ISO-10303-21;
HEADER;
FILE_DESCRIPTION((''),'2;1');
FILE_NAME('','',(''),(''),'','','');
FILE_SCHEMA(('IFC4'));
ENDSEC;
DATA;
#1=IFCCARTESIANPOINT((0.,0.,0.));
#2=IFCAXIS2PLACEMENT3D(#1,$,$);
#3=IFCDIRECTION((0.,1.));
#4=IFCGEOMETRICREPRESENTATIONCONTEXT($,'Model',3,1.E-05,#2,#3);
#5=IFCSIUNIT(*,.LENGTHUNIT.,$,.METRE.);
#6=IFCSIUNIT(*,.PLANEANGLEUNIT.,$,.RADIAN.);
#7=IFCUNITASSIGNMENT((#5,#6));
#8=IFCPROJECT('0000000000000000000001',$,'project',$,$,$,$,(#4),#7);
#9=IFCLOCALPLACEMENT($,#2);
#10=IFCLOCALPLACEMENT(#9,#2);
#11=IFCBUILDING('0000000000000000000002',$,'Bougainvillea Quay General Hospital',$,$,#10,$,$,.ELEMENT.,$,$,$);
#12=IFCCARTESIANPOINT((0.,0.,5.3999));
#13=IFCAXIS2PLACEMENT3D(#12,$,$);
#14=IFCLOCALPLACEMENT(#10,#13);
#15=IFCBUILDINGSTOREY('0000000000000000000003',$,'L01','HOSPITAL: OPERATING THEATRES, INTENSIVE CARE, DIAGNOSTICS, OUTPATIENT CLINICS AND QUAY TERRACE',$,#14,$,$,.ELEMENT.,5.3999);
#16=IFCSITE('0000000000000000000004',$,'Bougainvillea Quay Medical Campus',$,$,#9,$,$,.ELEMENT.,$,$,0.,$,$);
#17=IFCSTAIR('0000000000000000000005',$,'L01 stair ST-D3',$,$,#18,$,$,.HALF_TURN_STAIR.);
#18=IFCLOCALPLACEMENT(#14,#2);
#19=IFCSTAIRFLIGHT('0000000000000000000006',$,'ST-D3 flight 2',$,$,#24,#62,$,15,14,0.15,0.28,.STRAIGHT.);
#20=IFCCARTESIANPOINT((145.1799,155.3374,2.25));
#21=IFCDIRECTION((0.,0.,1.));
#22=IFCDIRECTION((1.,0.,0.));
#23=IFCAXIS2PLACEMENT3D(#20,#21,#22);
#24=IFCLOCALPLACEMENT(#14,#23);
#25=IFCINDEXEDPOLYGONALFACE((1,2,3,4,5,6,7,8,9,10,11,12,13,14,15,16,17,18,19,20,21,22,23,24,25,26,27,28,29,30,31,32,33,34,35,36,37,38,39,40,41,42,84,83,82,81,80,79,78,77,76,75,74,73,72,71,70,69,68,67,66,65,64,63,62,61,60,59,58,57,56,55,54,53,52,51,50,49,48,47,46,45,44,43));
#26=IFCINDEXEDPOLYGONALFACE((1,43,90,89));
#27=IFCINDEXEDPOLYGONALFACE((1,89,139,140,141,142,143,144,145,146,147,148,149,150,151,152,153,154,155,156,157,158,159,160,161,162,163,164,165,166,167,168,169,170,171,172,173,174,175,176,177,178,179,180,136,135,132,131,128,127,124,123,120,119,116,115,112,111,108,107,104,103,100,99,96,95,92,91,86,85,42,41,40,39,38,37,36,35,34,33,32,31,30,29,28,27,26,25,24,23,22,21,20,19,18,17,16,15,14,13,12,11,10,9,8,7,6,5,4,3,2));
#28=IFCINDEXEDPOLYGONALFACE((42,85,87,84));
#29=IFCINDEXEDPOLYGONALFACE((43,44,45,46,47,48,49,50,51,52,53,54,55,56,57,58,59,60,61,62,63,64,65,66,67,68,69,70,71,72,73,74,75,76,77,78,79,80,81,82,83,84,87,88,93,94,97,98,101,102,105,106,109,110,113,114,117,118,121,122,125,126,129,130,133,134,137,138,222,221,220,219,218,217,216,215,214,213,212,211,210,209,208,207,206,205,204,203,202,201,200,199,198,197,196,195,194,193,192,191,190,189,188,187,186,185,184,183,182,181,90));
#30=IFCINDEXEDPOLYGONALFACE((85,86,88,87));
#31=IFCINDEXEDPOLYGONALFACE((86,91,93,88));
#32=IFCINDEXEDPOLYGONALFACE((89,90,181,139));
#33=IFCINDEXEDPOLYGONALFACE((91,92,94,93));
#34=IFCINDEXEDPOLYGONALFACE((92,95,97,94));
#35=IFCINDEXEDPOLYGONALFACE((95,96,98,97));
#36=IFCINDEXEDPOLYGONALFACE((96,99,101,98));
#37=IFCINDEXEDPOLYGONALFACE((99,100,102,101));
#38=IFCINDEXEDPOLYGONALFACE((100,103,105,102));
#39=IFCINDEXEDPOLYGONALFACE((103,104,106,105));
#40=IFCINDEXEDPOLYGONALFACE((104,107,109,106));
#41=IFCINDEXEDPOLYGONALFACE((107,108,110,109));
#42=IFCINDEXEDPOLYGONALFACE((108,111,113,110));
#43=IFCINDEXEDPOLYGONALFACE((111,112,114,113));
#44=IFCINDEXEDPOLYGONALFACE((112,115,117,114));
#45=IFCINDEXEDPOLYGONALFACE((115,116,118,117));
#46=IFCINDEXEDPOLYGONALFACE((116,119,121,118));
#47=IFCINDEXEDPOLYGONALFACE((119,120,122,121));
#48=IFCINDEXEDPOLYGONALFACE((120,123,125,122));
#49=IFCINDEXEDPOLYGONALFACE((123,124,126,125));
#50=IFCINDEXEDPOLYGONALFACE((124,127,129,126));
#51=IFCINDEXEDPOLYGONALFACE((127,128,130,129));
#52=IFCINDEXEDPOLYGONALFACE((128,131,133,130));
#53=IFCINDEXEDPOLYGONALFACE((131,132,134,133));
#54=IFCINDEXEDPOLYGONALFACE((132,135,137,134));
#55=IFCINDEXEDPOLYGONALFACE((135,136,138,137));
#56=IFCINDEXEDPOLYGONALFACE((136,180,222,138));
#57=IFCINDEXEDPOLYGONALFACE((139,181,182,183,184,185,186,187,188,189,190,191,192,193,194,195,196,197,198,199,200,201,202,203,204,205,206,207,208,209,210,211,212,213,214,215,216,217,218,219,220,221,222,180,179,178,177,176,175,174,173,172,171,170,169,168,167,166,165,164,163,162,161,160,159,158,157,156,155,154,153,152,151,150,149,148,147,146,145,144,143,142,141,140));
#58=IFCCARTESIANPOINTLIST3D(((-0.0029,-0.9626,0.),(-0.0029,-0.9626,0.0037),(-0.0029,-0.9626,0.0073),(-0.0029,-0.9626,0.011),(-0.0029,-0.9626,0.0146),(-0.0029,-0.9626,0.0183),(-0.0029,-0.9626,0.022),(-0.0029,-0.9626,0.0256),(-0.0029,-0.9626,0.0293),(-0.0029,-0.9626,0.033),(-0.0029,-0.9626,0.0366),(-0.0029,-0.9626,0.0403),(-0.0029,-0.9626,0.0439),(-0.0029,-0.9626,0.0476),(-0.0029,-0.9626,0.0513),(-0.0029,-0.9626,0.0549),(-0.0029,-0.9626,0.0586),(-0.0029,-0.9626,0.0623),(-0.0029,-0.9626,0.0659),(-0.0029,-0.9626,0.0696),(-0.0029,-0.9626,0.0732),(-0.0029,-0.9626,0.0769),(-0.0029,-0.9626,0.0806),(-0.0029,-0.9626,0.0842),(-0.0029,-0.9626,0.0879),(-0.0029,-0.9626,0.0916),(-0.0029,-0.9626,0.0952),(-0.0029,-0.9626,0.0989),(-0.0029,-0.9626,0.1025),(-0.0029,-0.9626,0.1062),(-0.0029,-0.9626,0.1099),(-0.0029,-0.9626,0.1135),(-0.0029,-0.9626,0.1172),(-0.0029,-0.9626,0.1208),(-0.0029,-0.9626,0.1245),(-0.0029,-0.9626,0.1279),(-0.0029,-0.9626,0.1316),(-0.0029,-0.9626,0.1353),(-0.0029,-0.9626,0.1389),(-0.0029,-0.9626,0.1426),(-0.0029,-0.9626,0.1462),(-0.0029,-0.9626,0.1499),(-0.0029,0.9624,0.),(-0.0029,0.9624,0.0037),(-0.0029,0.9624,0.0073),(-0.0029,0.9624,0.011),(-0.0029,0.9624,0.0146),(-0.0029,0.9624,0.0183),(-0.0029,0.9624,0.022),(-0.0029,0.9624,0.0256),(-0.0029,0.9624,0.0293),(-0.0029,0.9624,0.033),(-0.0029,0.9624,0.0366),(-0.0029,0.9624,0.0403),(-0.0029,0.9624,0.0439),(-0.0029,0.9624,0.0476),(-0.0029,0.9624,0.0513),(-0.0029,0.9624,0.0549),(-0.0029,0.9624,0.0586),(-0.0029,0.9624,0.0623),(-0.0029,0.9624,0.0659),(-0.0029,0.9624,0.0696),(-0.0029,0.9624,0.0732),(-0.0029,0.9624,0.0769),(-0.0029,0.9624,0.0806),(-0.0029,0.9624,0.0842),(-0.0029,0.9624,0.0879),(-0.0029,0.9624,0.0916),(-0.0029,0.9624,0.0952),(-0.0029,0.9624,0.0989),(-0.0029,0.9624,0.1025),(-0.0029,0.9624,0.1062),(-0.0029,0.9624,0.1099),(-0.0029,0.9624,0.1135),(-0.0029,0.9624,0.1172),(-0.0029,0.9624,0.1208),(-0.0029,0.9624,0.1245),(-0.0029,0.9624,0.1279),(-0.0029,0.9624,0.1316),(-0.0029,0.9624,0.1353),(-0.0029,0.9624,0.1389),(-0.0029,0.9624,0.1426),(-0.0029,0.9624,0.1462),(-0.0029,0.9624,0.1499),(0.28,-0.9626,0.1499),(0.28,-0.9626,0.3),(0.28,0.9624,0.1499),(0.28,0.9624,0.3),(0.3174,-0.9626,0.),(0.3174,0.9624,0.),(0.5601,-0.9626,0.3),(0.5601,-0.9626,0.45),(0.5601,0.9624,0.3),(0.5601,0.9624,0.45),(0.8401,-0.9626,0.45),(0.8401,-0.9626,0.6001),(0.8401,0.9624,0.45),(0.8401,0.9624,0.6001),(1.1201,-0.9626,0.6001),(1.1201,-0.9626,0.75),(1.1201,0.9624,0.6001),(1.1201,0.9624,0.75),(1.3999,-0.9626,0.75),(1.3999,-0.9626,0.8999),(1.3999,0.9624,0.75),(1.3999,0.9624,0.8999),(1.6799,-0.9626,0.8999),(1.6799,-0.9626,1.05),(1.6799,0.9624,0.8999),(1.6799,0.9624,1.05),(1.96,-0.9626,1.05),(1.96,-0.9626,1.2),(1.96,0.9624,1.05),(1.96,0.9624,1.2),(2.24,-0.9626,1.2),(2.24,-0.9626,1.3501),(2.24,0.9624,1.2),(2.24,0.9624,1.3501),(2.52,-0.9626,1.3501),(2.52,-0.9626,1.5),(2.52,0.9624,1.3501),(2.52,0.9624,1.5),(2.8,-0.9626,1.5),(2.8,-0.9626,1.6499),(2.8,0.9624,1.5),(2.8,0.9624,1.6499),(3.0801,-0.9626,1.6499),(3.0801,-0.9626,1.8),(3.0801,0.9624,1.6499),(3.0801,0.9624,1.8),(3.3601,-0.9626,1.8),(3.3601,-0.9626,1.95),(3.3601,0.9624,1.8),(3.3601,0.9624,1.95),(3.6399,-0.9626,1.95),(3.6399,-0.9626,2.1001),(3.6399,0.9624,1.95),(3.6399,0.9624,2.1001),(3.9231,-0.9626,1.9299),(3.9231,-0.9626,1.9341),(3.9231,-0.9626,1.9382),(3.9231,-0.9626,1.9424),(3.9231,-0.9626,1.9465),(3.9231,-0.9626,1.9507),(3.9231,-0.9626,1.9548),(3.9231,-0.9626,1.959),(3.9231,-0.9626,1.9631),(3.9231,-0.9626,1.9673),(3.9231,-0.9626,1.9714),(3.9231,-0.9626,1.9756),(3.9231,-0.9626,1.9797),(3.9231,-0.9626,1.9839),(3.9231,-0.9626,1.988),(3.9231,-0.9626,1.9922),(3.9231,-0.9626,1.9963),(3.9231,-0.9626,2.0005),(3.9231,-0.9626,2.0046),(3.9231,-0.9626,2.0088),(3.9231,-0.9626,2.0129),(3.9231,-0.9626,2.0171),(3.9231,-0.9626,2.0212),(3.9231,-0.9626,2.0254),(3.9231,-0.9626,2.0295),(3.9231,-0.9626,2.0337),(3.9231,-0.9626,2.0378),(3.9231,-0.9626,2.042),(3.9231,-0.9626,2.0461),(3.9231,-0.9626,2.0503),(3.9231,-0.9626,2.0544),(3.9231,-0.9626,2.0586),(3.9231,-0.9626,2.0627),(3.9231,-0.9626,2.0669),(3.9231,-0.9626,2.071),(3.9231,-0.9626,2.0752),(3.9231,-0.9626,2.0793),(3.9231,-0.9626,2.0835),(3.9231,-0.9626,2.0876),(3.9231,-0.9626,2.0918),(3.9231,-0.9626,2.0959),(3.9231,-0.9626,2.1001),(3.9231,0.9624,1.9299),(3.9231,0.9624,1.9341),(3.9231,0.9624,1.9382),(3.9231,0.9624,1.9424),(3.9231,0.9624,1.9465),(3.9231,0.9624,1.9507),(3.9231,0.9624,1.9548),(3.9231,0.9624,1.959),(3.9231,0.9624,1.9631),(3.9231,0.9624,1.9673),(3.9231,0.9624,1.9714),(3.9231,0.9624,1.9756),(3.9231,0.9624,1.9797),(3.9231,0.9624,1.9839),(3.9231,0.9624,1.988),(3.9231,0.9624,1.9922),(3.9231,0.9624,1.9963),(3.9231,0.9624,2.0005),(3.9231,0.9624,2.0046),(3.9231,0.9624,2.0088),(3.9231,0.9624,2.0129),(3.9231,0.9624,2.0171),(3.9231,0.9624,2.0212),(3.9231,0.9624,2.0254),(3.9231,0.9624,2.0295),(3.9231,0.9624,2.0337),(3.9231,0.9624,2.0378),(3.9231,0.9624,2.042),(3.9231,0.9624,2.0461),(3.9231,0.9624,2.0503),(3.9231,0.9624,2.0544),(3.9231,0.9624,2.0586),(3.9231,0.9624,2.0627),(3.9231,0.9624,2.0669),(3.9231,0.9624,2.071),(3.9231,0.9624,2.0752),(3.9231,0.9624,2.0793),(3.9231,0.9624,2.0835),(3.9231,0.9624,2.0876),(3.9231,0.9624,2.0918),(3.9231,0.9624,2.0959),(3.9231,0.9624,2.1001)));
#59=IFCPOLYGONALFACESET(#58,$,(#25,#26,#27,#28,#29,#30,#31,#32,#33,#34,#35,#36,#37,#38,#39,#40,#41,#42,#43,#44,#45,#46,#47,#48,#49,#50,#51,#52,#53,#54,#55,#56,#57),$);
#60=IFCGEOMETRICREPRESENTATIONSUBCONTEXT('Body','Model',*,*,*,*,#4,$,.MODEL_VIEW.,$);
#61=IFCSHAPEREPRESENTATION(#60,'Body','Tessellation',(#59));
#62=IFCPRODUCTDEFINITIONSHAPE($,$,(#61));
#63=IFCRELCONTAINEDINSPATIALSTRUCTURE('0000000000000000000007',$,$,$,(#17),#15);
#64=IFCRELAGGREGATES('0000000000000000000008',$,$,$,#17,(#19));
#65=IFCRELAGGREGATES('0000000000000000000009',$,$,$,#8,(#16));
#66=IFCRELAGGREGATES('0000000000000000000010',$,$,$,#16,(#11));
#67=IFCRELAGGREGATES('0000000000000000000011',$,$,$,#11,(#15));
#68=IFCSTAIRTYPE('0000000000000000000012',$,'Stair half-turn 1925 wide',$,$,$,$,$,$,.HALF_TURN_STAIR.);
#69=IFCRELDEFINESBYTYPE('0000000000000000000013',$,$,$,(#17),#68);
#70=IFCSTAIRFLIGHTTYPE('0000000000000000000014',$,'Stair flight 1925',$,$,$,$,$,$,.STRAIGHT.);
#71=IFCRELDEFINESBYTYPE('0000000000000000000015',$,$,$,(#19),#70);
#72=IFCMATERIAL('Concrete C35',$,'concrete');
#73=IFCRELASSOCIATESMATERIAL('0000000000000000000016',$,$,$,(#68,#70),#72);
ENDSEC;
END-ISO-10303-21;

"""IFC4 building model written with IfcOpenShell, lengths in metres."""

from ifc_helpers import new_model, si_unit, direction, frame, origin, place, context, subcontext, project, spatial, polyline, outline, extrude, material, type_object, element, aggregate, save


model = new_model("IFC4")

# Units and contexts
model_context = context("Model", 3, precision=1e-05, world=origin(), true_north=direction((0.0, 1.0)))
body_context = subcontext(model_context, "Body", "Model", "MODEL_VIEW")
ifc_project = project(units=[si_unit("LENGTHUNIT", "METRE"), si_unit("PLANEANGLEUNIT", "RADIAN")], contexts=[model_context])

# Site, building, storey
site_placement = place(None, origin())
site = spatial("IfcSite", under=ifc_project, at=site_placement, Name="Bougainvillea Quay Medical Campus", CompositionType="ELEMENT", RefElevation=0.0)
building_placement = place(site_placement, origin())
building = spatial("IfcBuilding", under=site, at=building_placement, Name="Bougainvillea Quay General Hospital", CompositionType="ELEMENT")
storey_placement = place(building_placement, frame((0.0, 0.0, 5.3999)))
storey = spatial("IfcBuildingStorey", under=building, at=storey_placement, Name="L01", Description="HOSPITAL: OPERATING THEATRES, INTENSIVE CARE, DIAGNOSTICS, OUTPATIENT CLINICS AND QUAY TERRACE", CompositionType="ELEMENT", Elevation=5.3999)

# Stair, stair flight
ifc_material_1 = material(Name="Concrete C35", Category="concrete")
stair_type = type_object("IfcStairType", Name="Stair half-turn 1925 wide", PredefinedType="HALF_TURN_STAIR", material=ifc_material_1)
stair_placement = place(storey_placement, origin())
stair = element("IfcStair", 1, at=stair_placement, inside=storey, type_object=stair_type, Name="L01 stair ST-D3", PredefinedType="HALF_TURN_STAIR")
stair_flight_type = type_object("IfcStairFlightType", Name="Stair flight 1925", PredefinedType="STRAIGHT", material=ifc_material_1)
stair_flight_1_placement = place(storey_placement, frame((145.1799, 155.3374, 2.25), z_axis=(0.0, 0.0, 1.0), x_axis=(1.0, 0.0, 0.0)))
stair_flight_1 = element("IfcStairFlight", 2, at=stair_flight_1_placement, type_object=stair_flight_type, Name="ST-D3 flight 2", NumberOfRisers=15, NumberOfTreads=14, PredefinedType="STRAIGHT", RiserHeight=0.15, TreadLength=0.28, context=body_context, shape_type="SweptSolid", body=[
    extrude(outline(polyline([(-0.0029, 0.0), (-0.0029, 0.0037), (-0.0029, 0.0073), (-0.0029, 0.011), (-0.0029, 0.0146), (-0.0029, 0.0183), (-0.0029, 0.022), (-0.0029, 0.0256), (-0.0029, 0.0293), (-0.0029, 0.033), (-0.0029, 0.0366), (-0.0029, 0.0403), (-0.0029, 0.0439), (-0.0029, 0.0476), (-0.0029, 0.0513), (-0.0029, 0.0549), (-0.0029, 0.0586), (-0.0029, 0.0623), (-0.0029, 0.0659), (-0.0029, 0.0696), (-0.0029, 0.0732), (-0.0029, 0.0769), (-0.0029, 0.0806), (-0.0029, 0.0842), (-0.0029, 0.0879), (-0.0029, 0.0916), (-0.0029, 0.0952), (-0.0029, 0.0989), (-0.0029, 0.1025), (-0.0029, 0.1062), (-0.0029, 0.1099), (-0.0029, 0.1135), (-0.0029, 0.1172), (-0.0029, 0.1208), (-0.0029, 0.1245), (-0.0029, 0.1279), (-0.0029, 0.1316), (-0.0029, 0.1353), (-0.0029, 0.1389), (-0.0029, 0.1426), (-0.0029, 0.1462), (-0.0029, 0.1499), (0.28, 0.1499), (0.28, 0.3), (0.5601, 0.3), (0.5601, 0.45), (0.8401, 0.45), (0.8401, 0.6001), (1.1201, 0.6001), (1.1201, 0.75), (1.3999, 0.75), (1.3999, 0.8999), (1.6799, 0.8999), (1.6799, 1.05), (1.96, 1.05), (1.96, 1.2), (2.24, 1.2), (2.24, 1.3501), (2.52, 1.3501), (2.52, 1.5), (2.8, 1.5), (2.8, 1.6499), (3.0801, 1.6499), (3.0801, 1.8), (3.3601, 1.8), (3.3601, 1.95), (3.6399, 1.95), (3.6399, 2.1001), (3.9231, 2.1001), (3.9231, 2.0959), (3.9231, 2.0918), (3.9231, 2.0876), (3.9231, 2.0835), (3.9231, 2.0793), (3.9231, 2.0752), (3.9231, 2.071), (3.9231, 2.0669), (3.9231, 2.0627), (3.9231, 2.0586), (3.9231, 2.0544), (3.9231, 2.0503), (3.9231, 2.0461), (3.9231, 2.042), (3.9231, 2.0378), (3.9231, 2.0337), (3.9231, 2.0295), (3.9231, 2.0254), (3.9231, 2.0212), (3.9231, 2.0171), (3.9231, 2.0129), (3.9231, 2.0088), (3.9231, 2.0046), (3.9231, 2.0005), (3.9231, 1.9963), (3.9231, 1.9922), (3.9231, 1.988), (3.9231, 1.9839), (3.9231, 1.9797), (3.9231, 1.9756), (3.9231, 1.9714), (3.9231, 1.9673), (3.9231, 1.9631), (3.9231, 1.959), (3.9231, 1.9548), (3.9231, 1.9507), (3.9231, 1.9465), (3.9231, 1.9424), (3.9231, 1.9382), (3.9231, 1.9341), (3.9231, 1.9299), (0.3174, 0.0), (-0.0029, 0.0)])), frame((0.0, 0.9624, 0.0), z_axis=(0.0, -1.0, 0.0), x_axis=(1.0, 0.0, 0.0)), (0.0, 0.0, 1.0), 1.925),
])
aggregate(stair, [stair_flight_1])

save(model, "model.ifc")
